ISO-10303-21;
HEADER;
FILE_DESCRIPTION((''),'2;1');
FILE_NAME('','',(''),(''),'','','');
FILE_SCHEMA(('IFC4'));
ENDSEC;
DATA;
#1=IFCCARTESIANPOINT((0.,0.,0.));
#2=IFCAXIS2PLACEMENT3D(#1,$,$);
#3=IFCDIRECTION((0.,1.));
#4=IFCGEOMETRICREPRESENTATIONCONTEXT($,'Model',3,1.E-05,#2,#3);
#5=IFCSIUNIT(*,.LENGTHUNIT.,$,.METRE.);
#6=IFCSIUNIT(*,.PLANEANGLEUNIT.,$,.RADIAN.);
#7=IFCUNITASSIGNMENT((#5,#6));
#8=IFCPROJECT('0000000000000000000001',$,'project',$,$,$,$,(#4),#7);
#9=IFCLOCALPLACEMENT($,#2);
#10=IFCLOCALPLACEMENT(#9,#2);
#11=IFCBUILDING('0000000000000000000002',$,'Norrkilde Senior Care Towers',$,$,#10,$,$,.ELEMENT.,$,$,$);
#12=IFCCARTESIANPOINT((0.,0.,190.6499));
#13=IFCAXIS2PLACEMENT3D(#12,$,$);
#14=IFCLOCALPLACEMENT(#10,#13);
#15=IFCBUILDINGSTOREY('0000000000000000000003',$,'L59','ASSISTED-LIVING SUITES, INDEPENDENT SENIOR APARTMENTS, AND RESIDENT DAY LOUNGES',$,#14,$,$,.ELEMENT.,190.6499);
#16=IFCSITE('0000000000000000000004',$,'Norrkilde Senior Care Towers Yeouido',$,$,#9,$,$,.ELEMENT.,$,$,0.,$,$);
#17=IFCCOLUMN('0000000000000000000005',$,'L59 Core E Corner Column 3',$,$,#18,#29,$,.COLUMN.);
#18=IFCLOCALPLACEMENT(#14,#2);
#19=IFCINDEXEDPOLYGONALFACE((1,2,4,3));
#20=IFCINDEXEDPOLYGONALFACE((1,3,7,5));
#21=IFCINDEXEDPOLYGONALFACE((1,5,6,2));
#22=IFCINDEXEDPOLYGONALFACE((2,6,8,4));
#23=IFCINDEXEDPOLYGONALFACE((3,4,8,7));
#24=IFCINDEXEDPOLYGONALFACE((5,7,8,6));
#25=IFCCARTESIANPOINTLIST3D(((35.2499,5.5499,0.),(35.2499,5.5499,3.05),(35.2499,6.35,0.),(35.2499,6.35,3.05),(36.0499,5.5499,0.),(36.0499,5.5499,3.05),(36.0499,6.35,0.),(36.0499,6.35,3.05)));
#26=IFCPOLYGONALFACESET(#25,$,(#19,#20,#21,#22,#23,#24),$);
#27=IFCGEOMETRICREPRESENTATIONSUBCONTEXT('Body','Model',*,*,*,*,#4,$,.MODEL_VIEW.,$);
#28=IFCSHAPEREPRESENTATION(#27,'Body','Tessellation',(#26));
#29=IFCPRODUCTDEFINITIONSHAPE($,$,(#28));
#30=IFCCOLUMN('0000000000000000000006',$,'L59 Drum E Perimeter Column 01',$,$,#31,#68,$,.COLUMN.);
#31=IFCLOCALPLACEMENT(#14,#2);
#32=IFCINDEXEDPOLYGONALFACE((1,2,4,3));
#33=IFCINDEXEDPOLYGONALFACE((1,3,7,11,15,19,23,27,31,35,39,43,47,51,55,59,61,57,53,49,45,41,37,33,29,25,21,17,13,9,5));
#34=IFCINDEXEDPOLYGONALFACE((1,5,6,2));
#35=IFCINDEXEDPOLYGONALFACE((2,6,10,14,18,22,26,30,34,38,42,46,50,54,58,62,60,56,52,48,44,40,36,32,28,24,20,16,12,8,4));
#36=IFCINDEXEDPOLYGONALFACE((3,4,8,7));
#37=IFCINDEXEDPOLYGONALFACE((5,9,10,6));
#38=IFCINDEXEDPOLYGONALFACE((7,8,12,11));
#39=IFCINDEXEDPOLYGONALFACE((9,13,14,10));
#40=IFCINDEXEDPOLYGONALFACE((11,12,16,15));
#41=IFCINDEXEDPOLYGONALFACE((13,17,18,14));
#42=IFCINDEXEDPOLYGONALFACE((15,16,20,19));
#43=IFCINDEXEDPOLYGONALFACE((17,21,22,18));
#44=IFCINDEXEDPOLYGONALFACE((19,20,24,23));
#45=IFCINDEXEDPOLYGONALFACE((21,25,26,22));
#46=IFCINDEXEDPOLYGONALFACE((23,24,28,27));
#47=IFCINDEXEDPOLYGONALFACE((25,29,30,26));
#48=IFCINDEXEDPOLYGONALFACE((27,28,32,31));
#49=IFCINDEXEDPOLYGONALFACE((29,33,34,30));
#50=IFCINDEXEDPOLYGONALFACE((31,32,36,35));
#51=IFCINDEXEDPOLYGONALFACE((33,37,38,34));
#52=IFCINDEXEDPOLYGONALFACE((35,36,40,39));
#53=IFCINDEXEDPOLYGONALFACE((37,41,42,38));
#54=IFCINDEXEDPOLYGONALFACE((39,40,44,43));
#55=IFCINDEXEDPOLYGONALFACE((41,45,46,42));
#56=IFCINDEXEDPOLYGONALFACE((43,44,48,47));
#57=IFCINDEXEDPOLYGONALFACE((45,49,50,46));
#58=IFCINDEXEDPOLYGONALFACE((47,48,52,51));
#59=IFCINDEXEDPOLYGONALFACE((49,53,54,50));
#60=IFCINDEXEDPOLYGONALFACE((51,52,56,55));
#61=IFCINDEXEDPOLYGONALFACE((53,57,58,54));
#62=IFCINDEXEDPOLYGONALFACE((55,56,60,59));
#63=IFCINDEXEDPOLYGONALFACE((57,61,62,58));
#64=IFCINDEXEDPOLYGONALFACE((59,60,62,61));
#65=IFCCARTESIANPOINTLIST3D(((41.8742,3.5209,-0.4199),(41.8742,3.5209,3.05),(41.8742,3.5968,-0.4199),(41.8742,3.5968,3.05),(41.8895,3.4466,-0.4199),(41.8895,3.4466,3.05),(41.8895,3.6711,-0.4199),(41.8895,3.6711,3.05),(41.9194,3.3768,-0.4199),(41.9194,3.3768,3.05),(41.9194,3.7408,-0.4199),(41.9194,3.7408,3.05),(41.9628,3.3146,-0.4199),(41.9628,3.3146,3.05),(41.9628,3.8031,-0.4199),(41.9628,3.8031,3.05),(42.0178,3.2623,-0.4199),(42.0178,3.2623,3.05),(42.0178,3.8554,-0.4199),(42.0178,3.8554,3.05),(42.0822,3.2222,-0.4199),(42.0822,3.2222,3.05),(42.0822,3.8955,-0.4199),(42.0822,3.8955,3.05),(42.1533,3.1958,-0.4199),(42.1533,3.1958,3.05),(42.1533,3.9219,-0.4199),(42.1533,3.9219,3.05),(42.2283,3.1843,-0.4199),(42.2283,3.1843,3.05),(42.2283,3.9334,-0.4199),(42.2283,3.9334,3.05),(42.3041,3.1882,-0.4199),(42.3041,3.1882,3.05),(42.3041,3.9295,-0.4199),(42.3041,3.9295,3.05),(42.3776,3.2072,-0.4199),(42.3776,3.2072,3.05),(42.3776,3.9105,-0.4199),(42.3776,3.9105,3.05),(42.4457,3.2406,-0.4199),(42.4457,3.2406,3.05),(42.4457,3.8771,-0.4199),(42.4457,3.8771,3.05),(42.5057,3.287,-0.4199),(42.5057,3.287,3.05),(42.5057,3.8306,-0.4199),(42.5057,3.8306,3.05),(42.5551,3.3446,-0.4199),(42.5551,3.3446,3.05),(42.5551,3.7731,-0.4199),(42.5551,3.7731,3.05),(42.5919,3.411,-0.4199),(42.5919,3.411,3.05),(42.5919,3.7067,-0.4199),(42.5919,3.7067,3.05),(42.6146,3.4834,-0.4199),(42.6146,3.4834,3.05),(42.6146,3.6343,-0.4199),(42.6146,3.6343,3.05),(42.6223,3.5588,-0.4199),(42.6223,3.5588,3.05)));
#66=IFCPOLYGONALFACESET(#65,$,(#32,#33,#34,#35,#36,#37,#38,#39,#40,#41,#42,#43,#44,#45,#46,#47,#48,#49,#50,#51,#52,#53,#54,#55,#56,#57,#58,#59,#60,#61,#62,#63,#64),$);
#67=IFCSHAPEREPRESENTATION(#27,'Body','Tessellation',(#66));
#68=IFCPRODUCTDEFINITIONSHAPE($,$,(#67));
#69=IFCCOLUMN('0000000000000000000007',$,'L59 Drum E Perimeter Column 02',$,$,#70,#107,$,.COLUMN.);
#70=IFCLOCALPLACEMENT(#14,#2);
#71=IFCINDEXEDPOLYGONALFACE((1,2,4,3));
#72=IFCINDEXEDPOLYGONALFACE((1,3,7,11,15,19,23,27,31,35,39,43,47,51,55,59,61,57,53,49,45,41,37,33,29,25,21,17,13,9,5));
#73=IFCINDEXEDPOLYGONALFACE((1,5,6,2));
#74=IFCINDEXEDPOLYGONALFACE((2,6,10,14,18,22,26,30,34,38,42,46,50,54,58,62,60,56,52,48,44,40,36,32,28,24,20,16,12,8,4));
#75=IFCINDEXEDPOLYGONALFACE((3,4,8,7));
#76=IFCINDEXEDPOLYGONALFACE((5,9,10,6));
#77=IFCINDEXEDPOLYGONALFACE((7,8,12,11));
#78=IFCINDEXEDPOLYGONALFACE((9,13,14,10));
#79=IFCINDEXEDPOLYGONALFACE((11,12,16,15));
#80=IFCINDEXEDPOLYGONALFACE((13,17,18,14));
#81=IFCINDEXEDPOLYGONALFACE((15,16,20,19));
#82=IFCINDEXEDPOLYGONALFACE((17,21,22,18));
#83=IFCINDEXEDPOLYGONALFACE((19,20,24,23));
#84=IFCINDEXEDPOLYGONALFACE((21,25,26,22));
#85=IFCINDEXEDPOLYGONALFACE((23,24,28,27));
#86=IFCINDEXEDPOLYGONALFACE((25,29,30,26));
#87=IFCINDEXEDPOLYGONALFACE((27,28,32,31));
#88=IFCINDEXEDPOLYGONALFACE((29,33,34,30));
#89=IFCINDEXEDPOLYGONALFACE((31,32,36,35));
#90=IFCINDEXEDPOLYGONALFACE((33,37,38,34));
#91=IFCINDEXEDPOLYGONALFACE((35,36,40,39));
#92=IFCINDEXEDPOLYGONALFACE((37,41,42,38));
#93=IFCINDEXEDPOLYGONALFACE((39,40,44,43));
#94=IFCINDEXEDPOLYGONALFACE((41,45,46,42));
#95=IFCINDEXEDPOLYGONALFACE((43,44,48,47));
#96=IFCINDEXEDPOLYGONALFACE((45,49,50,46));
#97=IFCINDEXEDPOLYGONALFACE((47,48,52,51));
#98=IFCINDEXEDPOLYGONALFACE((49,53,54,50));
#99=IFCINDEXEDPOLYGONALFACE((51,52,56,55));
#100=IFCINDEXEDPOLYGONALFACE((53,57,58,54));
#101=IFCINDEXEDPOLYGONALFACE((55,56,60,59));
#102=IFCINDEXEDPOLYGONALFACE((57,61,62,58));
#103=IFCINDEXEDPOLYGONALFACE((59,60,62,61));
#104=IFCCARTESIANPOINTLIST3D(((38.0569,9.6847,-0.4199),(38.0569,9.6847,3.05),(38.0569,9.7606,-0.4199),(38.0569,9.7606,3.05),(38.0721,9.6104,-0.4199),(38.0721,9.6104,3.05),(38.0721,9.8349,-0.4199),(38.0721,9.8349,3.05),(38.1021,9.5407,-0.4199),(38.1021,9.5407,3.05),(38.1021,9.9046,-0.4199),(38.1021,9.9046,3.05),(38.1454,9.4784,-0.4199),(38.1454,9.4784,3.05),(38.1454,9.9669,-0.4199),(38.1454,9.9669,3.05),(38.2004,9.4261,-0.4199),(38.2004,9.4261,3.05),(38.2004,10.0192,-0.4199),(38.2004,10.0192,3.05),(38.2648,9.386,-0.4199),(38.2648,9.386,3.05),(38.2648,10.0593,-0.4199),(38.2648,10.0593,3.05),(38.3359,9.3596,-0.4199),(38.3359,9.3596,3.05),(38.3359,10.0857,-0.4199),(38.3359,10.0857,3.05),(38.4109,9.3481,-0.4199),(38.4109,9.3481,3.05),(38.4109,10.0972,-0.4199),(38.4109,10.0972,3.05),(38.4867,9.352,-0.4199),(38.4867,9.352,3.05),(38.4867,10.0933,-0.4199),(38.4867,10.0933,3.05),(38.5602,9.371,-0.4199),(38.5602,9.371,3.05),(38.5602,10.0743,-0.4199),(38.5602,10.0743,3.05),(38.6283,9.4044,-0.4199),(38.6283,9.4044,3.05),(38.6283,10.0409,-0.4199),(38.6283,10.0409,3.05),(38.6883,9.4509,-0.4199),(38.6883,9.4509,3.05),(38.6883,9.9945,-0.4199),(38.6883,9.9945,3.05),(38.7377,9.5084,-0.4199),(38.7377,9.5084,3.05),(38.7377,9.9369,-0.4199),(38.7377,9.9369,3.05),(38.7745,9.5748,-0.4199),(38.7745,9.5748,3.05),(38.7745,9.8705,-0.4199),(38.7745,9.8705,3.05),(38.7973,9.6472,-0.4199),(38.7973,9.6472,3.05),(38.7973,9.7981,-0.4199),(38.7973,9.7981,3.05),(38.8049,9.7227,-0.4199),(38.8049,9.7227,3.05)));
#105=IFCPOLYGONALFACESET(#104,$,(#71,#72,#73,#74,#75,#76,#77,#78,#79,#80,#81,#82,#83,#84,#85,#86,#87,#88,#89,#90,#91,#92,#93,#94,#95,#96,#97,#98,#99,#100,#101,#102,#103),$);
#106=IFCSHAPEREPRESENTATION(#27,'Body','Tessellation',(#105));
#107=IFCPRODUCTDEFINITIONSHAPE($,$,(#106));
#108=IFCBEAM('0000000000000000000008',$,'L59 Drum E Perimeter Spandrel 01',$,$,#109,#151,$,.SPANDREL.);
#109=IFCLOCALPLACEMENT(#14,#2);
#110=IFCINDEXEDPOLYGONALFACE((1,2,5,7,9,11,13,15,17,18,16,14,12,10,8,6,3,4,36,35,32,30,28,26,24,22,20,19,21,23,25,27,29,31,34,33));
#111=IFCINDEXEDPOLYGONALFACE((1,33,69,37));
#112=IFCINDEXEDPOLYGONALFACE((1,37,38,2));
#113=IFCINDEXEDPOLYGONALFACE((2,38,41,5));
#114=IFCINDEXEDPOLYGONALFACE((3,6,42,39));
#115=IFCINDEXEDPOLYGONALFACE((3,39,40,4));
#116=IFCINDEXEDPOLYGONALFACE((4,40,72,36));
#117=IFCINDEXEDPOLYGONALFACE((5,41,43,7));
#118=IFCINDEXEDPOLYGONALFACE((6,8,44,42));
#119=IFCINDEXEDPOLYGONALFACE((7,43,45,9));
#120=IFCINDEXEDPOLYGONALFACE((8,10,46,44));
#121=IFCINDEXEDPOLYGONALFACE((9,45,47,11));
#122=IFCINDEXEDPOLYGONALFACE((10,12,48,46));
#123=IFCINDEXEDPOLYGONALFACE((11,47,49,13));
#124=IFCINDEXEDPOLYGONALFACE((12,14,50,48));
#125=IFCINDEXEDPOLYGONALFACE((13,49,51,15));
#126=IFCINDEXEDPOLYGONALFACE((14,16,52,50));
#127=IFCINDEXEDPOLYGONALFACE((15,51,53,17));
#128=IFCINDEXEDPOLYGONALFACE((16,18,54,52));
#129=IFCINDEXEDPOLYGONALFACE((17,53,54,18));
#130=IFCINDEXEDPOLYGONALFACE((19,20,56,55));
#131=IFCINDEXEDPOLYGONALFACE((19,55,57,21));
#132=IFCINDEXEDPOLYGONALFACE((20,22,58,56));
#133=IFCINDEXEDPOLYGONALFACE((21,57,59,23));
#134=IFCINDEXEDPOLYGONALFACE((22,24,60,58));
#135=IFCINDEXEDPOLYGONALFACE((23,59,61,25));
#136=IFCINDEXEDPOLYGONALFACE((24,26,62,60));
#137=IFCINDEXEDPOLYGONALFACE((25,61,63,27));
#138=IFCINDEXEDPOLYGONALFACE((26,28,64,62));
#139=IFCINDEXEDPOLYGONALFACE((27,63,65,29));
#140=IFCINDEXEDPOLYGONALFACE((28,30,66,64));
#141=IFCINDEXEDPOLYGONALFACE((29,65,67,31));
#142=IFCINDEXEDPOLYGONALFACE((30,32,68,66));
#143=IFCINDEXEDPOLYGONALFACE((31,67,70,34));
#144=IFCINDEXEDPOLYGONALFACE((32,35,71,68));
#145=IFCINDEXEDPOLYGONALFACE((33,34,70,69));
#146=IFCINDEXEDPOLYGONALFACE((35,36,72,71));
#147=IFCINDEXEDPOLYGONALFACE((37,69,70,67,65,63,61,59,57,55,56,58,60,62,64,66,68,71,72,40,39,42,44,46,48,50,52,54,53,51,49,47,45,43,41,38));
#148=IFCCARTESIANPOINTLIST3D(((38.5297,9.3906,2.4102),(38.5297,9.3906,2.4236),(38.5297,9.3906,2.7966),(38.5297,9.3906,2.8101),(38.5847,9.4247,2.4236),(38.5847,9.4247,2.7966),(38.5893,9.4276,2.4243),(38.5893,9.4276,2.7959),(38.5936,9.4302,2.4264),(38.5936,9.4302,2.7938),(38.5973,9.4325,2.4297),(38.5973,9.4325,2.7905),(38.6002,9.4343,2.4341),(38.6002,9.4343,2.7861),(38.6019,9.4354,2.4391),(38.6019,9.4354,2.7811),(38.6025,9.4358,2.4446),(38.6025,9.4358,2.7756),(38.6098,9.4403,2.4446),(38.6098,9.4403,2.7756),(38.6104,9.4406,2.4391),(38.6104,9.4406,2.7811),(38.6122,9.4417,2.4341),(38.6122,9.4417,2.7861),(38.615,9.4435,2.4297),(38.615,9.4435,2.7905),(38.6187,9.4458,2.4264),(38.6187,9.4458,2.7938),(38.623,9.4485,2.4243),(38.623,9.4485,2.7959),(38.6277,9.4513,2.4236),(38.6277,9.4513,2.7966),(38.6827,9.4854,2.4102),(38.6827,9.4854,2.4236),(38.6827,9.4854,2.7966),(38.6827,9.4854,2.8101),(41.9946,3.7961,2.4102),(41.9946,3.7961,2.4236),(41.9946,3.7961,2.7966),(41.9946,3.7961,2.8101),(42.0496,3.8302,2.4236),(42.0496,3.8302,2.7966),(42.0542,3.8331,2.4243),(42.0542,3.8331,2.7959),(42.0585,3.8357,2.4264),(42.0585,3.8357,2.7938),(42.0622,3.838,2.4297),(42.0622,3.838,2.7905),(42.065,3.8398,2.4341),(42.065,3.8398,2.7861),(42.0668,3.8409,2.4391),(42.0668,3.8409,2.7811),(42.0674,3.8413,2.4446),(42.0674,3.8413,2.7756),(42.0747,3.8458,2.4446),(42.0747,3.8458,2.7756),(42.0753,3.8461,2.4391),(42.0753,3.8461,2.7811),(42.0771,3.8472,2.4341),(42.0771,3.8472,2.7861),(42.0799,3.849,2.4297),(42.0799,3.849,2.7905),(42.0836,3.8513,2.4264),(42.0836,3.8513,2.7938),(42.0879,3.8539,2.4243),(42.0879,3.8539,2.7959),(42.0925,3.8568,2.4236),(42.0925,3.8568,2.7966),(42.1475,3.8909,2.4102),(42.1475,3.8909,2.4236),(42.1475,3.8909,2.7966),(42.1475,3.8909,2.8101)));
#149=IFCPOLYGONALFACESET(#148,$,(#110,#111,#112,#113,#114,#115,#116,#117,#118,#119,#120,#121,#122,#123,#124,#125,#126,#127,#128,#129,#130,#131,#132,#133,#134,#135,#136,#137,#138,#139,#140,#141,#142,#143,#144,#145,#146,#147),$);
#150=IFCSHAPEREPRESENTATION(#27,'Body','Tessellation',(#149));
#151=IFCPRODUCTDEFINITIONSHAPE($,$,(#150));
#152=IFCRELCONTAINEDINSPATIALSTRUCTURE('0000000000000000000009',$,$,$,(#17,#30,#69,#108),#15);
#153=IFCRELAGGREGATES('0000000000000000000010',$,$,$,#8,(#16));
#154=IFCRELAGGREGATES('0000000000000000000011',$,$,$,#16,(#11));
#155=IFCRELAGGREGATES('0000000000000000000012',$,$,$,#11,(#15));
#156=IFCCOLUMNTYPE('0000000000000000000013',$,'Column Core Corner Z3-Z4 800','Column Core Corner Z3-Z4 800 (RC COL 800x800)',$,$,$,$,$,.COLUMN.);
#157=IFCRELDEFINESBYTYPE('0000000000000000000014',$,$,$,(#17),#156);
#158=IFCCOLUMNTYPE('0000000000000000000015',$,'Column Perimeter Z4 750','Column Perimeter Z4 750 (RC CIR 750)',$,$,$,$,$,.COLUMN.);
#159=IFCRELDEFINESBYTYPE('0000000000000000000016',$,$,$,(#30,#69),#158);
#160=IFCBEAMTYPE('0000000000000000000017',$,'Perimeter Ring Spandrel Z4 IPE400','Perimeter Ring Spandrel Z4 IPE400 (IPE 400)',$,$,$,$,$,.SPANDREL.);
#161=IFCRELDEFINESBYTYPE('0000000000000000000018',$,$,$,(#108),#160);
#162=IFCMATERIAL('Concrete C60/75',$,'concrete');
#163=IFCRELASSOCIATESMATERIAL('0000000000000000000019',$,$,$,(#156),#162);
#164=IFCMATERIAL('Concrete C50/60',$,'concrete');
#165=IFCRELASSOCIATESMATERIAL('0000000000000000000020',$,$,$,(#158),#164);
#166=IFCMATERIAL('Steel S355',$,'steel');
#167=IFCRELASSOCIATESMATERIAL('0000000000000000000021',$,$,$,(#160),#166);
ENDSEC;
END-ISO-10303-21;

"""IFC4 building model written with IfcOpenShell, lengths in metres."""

from ifc_helpers import new_model, si_unit, direction, frame, origin, origin_2d, place, context, subcontext, project, spatial, rectangle, circle, i_section, extrude, source, transform, mapped, material, material_profile, profile_set, type_object, type_shapes, element, save


model = new_model("IFC4")

# Units and contexts
model_context = context("Model", 3, precision=1e-05, world=origin(), true_north=direction((0.0, 1.0)))
body_context = subcontext(model_context, "Body", "Model", "MODEL_VIEW")
ifc_project = project(units=[si_unit("LENGTHUNIT", "METRE"), si_unit("PLANEANGLEUNIT", "RADIAN")], contexts=[model_context])

# Site, building, storey
site_placement = place(None, origin())
site = spatial("IfcSite", under=ifc_project, at=site_placement, Name="Norrkilde Senior Care Towers Yeouido", CompositionType="ELEMENT", RefElevation=0.0)
building_placement = place(site_placement, origin())
building = spatial("IfcBuilding", under=site, at=building_placement, Name="Norrkilde Senior Care Towers", CompositionType="ELEMENT")
storey_placement = place(building_placement, frame((0.0, 0.0, 190.6499)))
storey = spatial("IfcBuildingStorey", under=building, at=storey_placement, Name="L59", Description="ASSISTED-LIVING SUITES, INDEPENDENT SENIOR APARTMENTS, AND RESIDENT DAY LOUNGES", CompositionType="ELEMENT", Elevation=190.6499)

# Columns
ifc_material_1 = material(Name="Concrete C60/75", Category="concrete")
ifc_material_profile_1 = material_profile(ifc_material_1, rectangle(XDim=0.8, YDim=0.8, at=origin_2d()), Name="RC COL 800x800")
ifc_profile_set_1 = profile_set([ifc_material_profile_1], Name="Concrete C60/75")
column_type_1 = type_object("IfcColumnType", Name="Column Core Corner Z3-Z4 800", Description="Column Core Corner Z3-Z4 800 (RC COL 800x800)", PredefinedType="COLUMN", material=ifc_profile_set_1)
shared_shape_1 = source(origin(), body_context, "Body", "SweptSolid", [
    extrude(rectangle(XDim=0.8, YDim=0.8, at=origin_2d()), origin(), (0.0, 0.0, 1.0), 3.05),
])
type_shapes(column_type_1, [shared_shape_1])
column_placement = place(storey_placement, frame((35.6499, 5.95, 0.0), z_axis=(0.0, 0.0, 1.0), x_axis=(1.0, 0.0, 0.0)))
element("IfcColumn", 1, at=column_placement, inside=storey, type_object=column_type_1, Name="L59 Core E Corner Column 3", PredefinedType="COLUMN", context=body_context, shape_type="MappedRepresentation", body=[
    mapped(shared_shape_1, transform((0.0, 0.0, 0.0), x_axis=(1.0, 0.0, 0.0), y_axis=(0.0, 1.0, 0.0), z_axis=(0.0, 0.0, 1.0), scale=1.0)),
])
ifc_material_2 = material(Name="Concrete C50/60", Category="concrete")
ifc_material_profile_2 = material_profile(ifc_material_2, circle(Radius=0.375, at=origin_2d()), Name="RC CIR 750")
ifc_profile_set_2 = profile_set([ifc_material_profile_2], Name="Concrete C50/60")
column_type_2 = type_object("IfcColumnType", Name="Column Perimeter Z4 750", Description="Column Perimeter Z4 750 (RC CIR 750)", PredefinedType="COLUMN", material=ifc_profile_set_2)
shared_shape_2 = source(origin(), body_context, "Body", "SweptSolid", [
    extrude(circle(Radius=0.375, at=origin_2d()), origin(), (0.0, 0.0, 1.0), 3.47),
])
type_shapes(column_type_2, [shared_shape_2])
for number, where, z_axis, x_axis, name in (
    (2, (42.2473, 3.5588, -0.4199), (0.0, 0.0, 1.0), (1.0, 0.0, 0.0), "L59 Drum E Perimeter Column 01"),
    (3, (38.4299, 9.7227, -0.4199), (0.0, 0.0, 1.0), (1.0, 0.0, 0.0), "L59 Drum E Perimeter Column 02"),
):
    element("IfcColumn", number, at=place(storey_placement, frame(where, z_axis=z_axis, x_axis=x_axis)), inside=storey, type_object=column_type_2, Name=name, PredefinedType="COLUMN", context=body_context, shape_type="MappedRepresentation", body=[
        mapped(shared_shape_2, transform((0.0, 0.0, 0.0), x_axis=(1.0, 0.0, 0.0), y_axis=(0.0, 1.0, 0.0), z_axis=(0.0, 0.0, 1.0), scale=1.0)),
    ])

# Beam
ifc_material_3 = material(Name="Steel S355", Category="steel")
ifc_material_profile_3 = material_profile(ifc_material_3, i_section(OverallWidth=0.1799, OverallDepth=0.3999, WebThickness=0.0085, FlangeThickness=0.0134, FilletRadius=0.021, at=origin_2d()), Name="IPE 400")
ifc_profile_set_3 = profile_set([ifc_material_profile_3], Name="Steel S355")
beam_type_1 = type_object("IfcBeamType", Name="Perimeter Ring Spandrel Z4 IPE400", Description="Perimeter Ring Spandrel Z4 IPE400 (IPE 400)", PredefinedType="SPANDREL", material=ifc_profile_set_3)
shared_shape_3 = source(origin(), body_context, "Body", "SweptSolid", [
    extrude(i_section(OverallWidth=0.1799, OverallDepth=0.3999, WebThickness=0.0085, FlangeThickness=0.0134, FilletRadius=0.021, at=origin_2d()), origin(), (0.0, 0.0, 1.0), 6.5806),
])
beam_1_placement = place(storey_placement, frame((42.071, 3.8435, 2.6101), z_axis=(-0.52653, 0.850157, 0.0), x_axis=(-0.850157, -0.52653, 0.0)))
element("IfcBeam", 4, at=beam_1_placement, inside=storey, type_object=beam_type_1, Name="L59 Drum E Perimeter Spandrel 01", PredefinedType="SPANDREL", context=body_context, shape_type="MappedRepresentation", body=[
    mapped(shared_shape_3, transform((0.0, 0.0, 0.0), x_axis=(1.0, 0.0, 0.0), y_axis=(0.0, 1.0, 0.0), z_axis=(0.0, 0.0, 1.0), scale=1.0)),
])

save(model, "model.ifc")
